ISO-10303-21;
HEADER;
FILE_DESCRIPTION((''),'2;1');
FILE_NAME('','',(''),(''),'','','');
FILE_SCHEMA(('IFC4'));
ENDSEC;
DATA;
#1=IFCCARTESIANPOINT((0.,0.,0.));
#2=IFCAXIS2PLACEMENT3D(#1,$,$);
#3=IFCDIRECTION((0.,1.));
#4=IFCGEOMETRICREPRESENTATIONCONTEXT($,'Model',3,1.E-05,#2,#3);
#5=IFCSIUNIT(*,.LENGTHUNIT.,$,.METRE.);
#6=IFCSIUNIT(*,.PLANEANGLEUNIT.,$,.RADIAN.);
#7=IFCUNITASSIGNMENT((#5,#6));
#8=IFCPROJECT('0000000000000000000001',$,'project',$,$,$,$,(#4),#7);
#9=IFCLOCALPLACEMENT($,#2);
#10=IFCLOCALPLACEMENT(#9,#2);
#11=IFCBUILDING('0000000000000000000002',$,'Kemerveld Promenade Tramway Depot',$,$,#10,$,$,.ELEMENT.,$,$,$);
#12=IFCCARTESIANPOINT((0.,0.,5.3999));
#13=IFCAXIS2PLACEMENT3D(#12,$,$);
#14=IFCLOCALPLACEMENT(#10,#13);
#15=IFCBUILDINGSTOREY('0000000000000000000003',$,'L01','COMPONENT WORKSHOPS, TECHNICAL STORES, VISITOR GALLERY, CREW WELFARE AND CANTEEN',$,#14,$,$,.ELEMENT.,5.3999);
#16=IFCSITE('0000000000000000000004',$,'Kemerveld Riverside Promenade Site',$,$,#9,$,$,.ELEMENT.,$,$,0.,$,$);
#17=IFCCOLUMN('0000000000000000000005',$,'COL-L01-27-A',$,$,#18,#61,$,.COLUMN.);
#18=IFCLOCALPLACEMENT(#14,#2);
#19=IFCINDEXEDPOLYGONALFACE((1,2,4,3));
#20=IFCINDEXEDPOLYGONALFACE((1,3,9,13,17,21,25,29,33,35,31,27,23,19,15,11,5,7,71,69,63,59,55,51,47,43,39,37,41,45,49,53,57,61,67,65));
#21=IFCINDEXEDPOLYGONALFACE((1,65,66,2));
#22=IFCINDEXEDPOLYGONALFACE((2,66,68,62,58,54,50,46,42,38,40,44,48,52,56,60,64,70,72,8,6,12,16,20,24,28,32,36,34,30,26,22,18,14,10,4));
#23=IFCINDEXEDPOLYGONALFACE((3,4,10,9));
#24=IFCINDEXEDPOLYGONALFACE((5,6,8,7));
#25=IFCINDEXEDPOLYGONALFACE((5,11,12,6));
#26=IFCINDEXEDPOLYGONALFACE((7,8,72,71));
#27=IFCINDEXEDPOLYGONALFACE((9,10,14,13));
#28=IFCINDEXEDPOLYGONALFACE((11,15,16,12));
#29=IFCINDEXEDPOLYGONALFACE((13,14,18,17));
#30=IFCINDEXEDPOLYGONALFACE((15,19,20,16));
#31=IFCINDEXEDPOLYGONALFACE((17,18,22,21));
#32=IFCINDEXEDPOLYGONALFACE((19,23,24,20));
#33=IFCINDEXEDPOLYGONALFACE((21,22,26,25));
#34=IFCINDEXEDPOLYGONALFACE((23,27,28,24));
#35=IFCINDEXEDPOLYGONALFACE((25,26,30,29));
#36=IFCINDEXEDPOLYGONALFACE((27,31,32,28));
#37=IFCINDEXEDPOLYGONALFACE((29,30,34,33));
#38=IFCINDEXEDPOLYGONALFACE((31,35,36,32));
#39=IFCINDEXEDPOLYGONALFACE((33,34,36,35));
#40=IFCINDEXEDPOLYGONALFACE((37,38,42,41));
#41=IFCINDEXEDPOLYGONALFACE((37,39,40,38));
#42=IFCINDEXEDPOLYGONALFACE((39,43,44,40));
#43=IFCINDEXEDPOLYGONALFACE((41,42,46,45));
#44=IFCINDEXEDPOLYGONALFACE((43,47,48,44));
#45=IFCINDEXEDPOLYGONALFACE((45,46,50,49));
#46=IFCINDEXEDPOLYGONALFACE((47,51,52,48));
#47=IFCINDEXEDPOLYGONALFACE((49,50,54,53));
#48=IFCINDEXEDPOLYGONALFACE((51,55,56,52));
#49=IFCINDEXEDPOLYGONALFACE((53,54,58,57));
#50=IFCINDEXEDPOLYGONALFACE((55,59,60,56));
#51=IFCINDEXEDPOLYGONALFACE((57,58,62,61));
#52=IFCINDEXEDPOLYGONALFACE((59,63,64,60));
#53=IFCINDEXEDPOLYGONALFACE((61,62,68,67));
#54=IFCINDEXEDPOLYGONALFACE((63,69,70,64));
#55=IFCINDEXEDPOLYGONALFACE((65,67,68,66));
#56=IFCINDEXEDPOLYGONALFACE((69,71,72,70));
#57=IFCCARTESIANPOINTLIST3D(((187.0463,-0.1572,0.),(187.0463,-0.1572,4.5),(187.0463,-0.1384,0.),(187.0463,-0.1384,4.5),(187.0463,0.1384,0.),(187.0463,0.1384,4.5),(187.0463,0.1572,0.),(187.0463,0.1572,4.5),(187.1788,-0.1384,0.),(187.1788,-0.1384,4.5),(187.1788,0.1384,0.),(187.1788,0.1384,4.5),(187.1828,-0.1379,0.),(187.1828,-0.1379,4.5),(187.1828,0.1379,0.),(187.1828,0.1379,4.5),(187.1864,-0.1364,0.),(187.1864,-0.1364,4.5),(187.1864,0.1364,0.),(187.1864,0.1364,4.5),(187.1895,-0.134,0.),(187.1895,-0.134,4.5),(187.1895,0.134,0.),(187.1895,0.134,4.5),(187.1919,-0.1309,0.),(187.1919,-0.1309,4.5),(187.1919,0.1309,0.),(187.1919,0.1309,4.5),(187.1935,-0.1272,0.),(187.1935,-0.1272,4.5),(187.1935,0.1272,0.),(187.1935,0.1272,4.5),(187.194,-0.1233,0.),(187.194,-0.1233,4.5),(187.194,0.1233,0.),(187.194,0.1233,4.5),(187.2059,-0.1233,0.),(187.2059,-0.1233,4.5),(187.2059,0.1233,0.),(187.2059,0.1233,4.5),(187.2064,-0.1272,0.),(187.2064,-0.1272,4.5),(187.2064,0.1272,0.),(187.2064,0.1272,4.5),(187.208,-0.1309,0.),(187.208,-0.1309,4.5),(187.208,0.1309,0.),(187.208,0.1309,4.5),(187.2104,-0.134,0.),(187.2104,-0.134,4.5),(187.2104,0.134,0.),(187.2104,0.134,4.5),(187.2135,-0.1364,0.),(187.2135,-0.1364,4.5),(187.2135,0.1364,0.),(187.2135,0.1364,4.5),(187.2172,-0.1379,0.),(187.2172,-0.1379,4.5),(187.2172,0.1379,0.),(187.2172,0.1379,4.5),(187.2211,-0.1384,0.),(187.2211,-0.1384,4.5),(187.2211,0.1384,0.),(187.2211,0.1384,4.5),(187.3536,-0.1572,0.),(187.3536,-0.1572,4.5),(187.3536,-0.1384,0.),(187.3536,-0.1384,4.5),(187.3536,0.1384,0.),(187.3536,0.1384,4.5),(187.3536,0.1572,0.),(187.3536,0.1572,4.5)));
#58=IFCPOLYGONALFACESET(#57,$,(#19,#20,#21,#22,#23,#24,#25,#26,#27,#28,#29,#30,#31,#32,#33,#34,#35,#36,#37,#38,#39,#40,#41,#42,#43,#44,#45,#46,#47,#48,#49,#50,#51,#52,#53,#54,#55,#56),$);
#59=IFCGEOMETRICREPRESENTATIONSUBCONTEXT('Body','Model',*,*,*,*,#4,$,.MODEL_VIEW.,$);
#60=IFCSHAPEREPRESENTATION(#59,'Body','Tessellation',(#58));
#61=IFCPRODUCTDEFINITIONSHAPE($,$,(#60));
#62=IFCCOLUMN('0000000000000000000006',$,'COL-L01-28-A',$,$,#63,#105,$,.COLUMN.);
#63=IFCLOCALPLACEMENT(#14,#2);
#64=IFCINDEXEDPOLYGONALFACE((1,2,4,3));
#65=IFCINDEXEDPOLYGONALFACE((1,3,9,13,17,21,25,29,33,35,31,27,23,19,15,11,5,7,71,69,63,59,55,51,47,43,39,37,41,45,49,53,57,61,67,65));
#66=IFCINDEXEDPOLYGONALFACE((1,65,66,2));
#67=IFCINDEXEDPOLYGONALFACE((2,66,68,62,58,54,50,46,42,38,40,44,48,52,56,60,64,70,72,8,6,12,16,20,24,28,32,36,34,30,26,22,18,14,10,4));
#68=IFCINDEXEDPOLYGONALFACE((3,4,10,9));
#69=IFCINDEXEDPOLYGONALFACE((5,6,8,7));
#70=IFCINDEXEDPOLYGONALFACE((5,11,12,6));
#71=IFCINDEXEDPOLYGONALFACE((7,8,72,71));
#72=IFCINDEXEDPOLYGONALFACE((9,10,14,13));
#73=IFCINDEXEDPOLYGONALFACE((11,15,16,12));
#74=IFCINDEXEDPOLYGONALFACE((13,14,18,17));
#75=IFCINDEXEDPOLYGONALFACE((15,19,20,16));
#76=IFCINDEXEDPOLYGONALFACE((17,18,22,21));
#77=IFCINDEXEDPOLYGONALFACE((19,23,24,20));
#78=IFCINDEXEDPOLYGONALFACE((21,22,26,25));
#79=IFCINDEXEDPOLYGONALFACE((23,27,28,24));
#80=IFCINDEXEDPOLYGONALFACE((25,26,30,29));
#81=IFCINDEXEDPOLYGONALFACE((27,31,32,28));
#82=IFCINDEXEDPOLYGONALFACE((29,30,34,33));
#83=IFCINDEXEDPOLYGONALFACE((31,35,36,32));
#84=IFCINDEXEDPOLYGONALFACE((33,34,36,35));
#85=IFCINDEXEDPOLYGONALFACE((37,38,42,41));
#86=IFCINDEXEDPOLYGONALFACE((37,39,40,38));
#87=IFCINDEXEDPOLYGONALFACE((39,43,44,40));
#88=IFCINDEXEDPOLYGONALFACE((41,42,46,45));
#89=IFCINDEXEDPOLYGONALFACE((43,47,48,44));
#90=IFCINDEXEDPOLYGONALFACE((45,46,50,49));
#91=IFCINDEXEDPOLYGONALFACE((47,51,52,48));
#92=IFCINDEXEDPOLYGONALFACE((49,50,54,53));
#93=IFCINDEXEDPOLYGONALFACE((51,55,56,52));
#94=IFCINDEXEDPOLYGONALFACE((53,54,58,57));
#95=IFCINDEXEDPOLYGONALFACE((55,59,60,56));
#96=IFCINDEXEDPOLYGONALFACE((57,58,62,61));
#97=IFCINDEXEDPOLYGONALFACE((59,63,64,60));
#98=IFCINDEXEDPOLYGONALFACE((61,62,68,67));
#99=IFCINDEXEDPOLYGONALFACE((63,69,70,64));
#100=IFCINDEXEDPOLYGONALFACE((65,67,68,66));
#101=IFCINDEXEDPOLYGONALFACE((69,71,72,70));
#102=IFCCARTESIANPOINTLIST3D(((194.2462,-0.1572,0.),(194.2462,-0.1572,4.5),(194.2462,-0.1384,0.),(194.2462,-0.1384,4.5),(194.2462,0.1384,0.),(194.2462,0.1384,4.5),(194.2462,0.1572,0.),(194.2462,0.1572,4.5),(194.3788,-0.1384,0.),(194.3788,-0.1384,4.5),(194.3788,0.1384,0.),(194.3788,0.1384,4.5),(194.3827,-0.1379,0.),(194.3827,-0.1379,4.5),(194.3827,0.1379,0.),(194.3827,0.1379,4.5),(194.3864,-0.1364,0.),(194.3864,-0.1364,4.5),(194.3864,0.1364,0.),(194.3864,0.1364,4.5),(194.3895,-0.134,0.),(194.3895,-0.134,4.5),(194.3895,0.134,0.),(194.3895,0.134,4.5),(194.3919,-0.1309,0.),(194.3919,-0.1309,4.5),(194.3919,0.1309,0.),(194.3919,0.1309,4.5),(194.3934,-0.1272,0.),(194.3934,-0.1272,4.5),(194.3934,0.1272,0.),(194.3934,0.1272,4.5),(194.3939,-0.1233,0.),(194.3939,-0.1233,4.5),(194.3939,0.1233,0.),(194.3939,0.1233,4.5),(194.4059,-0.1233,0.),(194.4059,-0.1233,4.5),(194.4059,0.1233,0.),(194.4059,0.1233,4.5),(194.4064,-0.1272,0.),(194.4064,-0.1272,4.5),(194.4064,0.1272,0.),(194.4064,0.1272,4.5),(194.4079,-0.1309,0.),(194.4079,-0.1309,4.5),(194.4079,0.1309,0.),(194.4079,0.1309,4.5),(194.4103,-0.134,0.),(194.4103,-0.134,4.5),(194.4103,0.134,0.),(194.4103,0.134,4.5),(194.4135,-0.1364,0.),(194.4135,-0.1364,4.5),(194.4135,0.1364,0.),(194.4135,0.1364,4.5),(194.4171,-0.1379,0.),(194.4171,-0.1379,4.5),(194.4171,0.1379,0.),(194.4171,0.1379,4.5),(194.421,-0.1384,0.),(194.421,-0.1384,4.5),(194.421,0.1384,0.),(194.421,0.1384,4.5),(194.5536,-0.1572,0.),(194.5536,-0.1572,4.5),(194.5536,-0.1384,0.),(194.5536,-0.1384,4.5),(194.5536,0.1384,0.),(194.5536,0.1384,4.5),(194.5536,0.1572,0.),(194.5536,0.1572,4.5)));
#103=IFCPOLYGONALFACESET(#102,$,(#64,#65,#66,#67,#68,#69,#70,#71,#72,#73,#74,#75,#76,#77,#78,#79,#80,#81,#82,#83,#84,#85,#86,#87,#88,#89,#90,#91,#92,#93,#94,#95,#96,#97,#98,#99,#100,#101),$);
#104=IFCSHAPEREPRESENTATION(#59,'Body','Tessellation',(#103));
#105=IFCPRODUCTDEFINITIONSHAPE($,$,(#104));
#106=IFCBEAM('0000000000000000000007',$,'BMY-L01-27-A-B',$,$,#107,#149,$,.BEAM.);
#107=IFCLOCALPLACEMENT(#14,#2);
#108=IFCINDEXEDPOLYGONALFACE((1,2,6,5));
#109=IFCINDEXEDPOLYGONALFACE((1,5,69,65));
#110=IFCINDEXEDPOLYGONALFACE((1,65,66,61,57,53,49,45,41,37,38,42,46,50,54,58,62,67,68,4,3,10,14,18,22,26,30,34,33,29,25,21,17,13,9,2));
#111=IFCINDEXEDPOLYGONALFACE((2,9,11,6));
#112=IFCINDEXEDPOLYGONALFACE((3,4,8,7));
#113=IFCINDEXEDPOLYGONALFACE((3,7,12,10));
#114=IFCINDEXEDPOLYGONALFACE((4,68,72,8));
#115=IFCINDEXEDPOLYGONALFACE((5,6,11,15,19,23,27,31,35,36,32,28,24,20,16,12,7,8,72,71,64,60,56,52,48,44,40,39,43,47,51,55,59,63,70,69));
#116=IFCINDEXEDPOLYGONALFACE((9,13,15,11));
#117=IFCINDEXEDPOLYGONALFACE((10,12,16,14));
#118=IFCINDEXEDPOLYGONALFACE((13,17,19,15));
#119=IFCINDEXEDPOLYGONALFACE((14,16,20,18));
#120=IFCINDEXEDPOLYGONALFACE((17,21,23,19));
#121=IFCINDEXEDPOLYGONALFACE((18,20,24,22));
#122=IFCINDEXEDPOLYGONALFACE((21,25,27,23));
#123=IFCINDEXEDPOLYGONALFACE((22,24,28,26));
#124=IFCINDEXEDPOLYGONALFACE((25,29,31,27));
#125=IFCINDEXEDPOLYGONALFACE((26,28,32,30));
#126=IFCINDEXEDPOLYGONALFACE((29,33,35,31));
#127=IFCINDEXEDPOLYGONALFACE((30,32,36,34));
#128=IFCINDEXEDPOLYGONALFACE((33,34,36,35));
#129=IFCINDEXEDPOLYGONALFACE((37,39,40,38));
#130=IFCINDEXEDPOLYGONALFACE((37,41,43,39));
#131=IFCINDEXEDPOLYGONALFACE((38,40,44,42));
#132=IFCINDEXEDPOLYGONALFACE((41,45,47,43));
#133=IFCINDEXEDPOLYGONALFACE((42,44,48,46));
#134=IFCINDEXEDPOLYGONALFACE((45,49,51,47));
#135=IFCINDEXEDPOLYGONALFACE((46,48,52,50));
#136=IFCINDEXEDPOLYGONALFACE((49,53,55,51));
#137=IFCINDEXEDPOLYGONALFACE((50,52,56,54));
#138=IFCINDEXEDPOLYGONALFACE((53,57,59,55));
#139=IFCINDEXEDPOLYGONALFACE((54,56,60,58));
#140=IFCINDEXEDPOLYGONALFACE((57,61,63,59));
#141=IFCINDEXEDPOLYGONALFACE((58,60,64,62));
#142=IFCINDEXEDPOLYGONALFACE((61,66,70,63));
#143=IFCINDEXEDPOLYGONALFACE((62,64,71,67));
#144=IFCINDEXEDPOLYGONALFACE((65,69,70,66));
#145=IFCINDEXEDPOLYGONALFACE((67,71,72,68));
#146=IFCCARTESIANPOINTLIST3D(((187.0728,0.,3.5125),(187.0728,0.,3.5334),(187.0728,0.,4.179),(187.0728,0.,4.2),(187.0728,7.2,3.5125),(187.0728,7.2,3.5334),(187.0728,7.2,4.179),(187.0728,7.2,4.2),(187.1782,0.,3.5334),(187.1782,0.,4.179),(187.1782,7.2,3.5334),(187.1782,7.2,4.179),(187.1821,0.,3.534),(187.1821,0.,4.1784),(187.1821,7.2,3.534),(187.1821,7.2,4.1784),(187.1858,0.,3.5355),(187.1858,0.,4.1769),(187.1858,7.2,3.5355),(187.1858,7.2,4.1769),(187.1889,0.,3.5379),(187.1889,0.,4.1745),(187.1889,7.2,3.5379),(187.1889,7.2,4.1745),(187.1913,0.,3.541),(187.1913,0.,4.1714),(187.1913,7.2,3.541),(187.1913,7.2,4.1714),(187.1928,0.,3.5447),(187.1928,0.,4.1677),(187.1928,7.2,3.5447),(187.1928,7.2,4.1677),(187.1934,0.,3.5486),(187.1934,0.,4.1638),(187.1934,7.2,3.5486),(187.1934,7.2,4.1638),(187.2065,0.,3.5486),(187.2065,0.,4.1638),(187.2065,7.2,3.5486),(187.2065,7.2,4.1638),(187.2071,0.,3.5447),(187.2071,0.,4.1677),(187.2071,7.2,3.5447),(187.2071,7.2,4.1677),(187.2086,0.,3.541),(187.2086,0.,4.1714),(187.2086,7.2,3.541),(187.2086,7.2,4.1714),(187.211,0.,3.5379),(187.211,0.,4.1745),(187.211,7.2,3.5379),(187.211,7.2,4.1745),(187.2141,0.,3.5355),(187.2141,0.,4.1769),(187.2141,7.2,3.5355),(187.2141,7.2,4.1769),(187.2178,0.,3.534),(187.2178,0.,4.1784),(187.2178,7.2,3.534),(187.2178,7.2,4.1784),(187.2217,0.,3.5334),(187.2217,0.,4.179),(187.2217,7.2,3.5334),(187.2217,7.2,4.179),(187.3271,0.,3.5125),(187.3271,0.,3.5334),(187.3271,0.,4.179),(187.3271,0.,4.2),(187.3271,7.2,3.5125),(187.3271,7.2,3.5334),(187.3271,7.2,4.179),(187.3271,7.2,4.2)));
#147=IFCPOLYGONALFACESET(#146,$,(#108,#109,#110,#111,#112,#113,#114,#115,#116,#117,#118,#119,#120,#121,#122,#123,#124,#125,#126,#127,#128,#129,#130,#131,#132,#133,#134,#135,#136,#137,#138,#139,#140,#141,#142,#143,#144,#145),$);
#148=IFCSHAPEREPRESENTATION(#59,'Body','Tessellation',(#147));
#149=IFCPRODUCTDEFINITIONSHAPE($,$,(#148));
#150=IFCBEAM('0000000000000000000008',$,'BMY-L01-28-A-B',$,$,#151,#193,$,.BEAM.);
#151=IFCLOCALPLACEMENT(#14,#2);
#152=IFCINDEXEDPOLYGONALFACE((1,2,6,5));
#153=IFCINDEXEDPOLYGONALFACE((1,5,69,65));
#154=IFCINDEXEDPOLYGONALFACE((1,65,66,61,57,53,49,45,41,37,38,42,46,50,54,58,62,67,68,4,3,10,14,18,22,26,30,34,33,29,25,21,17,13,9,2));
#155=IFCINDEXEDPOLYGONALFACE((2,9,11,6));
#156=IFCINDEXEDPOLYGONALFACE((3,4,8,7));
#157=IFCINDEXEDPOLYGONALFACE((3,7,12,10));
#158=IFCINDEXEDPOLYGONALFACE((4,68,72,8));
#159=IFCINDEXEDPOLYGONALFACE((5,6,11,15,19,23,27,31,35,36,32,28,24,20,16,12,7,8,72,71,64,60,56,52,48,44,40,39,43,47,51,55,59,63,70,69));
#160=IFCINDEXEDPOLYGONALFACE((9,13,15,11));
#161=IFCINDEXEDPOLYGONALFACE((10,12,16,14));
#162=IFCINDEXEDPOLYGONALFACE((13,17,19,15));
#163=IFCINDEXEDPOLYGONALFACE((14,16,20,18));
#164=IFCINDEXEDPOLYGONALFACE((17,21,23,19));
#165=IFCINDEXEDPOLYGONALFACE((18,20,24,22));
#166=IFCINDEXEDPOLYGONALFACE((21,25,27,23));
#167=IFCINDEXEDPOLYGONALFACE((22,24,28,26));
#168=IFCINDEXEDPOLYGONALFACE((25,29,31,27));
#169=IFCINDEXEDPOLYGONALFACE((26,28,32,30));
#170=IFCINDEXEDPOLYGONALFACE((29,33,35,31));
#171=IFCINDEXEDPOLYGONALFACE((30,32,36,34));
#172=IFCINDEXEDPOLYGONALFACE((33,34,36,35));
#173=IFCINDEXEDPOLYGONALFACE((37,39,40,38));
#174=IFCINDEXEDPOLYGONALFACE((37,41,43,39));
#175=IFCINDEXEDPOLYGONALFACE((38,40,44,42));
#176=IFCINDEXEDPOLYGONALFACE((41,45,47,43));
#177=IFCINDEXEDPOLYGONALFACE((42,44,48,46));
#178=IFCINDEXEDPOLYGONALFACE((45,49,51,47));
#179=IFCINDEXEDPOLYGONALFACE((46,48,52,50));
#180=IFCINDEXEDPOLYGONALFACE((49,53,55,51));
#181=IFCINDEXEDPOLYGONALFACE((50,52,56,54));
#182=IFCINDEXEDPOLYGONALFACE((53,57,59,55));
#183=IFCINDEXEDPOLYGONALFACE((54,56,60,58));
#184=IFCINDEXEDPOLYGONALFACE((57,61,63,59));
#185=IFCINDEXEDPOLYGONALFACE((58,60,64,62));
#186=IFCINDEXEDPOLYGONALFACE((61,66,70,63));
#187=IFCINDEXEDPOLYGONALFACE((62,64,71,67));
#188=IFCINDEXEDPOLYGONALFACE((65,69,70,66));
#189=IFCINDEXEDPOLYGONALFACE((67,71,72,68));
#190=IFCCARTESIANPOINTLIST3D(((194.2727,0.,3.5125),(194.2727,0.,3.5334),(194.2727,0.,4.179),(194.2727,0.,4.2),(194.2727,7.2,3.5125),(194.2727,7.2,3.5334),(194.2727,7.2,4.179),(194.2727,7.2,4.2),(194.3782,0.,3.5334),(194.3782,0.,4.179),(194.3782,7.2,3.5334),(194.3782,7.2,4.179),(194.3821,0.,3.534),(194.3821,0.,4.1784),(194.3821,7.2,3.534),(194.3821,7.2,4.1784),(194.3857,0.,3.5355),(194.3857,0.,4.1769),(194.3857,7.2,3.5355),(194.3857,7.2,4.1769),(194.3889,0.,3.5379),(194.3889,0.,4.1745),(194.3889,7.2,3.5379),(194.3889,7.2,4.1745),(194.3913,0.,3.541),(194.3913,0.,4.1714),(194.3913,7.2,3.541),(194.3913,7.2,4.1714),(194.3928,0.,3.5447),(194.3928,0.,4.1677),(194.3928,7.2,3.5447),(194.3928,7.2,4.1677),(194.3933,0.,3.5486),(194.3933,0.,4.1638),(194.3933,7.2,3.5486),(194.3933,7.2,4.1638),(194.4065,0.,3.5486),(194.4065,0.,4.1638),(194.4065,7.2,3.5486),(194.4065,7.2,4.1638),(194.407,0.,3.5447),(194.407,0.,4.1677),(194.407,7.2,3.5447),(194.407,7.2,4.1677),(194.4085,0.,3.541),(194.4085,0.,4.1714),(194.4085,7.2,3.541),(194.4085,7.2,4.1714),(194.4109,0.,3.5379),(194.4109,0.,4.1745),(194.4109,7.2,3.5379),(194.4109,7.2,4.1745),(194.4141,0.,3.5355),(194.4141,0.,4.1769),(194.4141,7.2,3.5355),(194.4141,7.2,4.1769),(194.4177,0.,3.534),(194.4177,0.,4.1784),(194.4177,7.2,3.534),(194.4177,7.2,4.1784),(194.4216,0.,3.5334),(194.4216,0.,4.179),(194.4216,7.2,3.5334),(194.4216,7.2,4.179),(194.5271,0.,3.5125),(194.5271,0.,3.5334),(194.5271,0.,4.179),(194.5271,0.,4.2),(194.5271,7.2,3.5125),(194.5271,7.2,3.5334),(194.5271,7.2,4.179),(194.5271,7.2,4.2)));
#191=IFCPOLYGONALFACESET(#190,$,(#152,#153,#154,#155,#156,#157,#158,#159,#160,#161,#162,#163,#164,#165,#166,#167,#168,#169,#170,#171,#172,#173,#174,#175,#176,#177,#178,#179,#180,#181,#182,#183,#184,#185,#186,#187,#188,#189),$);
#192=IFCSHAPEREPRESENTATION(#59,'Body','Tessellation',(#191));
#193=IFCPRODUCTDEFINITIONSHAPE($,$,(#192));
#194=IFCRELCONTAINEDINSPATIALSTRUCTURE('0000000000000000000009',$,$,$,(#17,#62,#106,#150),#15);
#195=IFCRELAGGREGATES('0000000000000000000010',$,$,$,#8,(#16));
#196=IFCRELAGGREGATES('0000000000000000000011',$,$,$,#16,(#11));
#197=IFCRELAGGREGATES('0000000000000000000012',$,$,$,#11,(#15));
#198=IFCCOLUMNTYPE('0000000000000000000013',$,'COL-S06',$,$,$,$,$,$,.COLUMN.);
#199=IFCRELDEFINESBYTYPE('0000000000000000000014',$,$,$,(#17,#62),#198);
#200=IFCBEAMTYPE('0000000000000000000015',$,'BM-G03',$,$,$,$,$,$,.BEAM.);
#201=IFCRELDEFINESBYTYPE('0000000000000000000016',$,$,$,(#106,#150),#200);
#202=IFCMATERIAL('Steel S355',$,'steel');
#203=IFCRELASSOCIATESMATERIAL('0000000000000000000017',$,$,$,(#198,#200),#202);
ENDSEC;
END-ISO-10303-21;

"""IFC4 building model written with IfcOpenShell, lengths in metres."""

from ifc_helpers import new_model, si_unit, direction, frame, origin, origin_2d, place, context, subcontext, project, spatial, i_section, extrude, material, material_profile, profile_set, type_object, element, save


model = new_model("IFC4")

# Units and contexts
model_context = context("Model", 3, precision=1e-05, world=origin(), true_north=direction((0.0, 1.0)))
body_context = subcontext(model_context, "Body", "Model", "MODEL_VIEW")
ifc_project = project(units=[si_unit("LENGTHUNIT", "METRE"), si_unit("PLANEANGLEUNIT", "RADIAN")], contexts=[model_context])

# Site, building, storey
site_placement = place(None, origin())
site = spatial("IfcSite", under=ifc_project, at=site_placement, Name="Kemerveld Riverside Promenade Site", CompositionType="ELEMENT", RefElevation=0.0)
building_placement = place(site_placement, origin())
building = spatial("IfcBuilding", under=site, at=building_placement, Name="Kemerveld Promenade Tramway Depot", CompositionType="ELEMENT")
storey_placement = place(building_placement, frame((0.0, 0.0, 5.3999)))
storey = spatial("IfcBuildingStorey", under=building, at=storey_placement, Name="L01", Description="COMPONENT WORKSHOPS, TECHNICAL STORES, VISITOR GALLERY, CREW WELFARE AND CANTEEN", CompositionType="ELEMENT", Elevation=5.3999)

# Columns
ifc_material_1 = material(Name="Steel S355", Category="steel")
ifc_material_profile_1 = material_profile(ifc_material_1, i_section(OverallWidth=0.3074, OverallDepth=0.3145, WebThickness=0.012, FlangeThickness=0.0188, FilletRadius=0.0151, at=origin_2d()), Name="305x305x118 UC")
ifc_profile_set_1 = profile_set([ifc_material_profile_1], Name="Steel S355")
column_type = type_object("IfcColumnType", Name="COL-S06", PredefinedType="COLUMN", material=ifc_profile_set_1)
for number, where, z_axis, x_axis, name in (
    (1, (187.2, 0.0, 0.0), (0.0, 0.0, 1.0), (1.0, 0.0, 0.0), "COL-L01-27-A"),
    (2, (194.3999, 0.0, 0.0), (0.0, 0.0, 1.0), (1.0, 0.0, 0.0), "COL-L01-28-A"),
):
    element("IfcColumn", number, at=place(storey_placement, frame(where, z_axis=z_axis, x_axis=x_axis)), inside=storey, type_object=column_type, Name=name, PredefinedType="COLUMN", context=body_context, shape_type="SweptSolid", body=[
        extrude(i_section(OverallWidth=0.3074, OverallDepth=0.3145, WebThickness=0.012, FlangeThickness=0.0188, FilletRadius=0.0151, at=origin_2d()), origin(), (0.0, 0.0, 1.0), 4.5),
    ])

# Beams
ifc_material_profile_2 = material_profile(ifc_material_1, i_section(OverallWidth=0.2544, OverallDepth=0.6875, WebThickness=0.0132, FlangeThickness=0.021, FilletRadius=0.0151, at=origin_2d()), Name="686x254x152 UB")
ifc_profile_set_2 = profile_set([ifc_material_profile_2], Name="Steel S355")
beam_type_1 = type_object("IfcBeamType", Name="BM-G03", PredefinedType="BEAM", material=ifc_profile_set_2)
for number, where, z_axis, x_axis, name in (
    (3, (187.2, 0.0, 3.8562), (0.0, 1.0, 0.0), (-1.0, 0.0, 0.0), "BMY-L01-27-A-B"),
    (4, (194.3999, 0.0, 3.8562), (0.0, 1.0, 0.0), (-1.0, 0.0, 0.0), "BMY-L01-28-A-B"),
):
    element("IfcBeam", number, at=place(storey_placement, frame(where, z_axis=z_axis, x_axis=x_axis)), inside=storey, type_object=beam_type_1, Name=name, PredefinedType="BEAM", context=body_context, shape_type="SweptSolid", body=[
        extrude(i_section(OverallWidth=0.2544, OverallDepth=0.6875, WebThickness=0.0132, FlangeThickness=0.021, FilletRadius=0.0151, at=origin_2d()), origin(), (0.0, 0.0, 1.0), 7.2),
    ])

save(model, "model.ifc")
